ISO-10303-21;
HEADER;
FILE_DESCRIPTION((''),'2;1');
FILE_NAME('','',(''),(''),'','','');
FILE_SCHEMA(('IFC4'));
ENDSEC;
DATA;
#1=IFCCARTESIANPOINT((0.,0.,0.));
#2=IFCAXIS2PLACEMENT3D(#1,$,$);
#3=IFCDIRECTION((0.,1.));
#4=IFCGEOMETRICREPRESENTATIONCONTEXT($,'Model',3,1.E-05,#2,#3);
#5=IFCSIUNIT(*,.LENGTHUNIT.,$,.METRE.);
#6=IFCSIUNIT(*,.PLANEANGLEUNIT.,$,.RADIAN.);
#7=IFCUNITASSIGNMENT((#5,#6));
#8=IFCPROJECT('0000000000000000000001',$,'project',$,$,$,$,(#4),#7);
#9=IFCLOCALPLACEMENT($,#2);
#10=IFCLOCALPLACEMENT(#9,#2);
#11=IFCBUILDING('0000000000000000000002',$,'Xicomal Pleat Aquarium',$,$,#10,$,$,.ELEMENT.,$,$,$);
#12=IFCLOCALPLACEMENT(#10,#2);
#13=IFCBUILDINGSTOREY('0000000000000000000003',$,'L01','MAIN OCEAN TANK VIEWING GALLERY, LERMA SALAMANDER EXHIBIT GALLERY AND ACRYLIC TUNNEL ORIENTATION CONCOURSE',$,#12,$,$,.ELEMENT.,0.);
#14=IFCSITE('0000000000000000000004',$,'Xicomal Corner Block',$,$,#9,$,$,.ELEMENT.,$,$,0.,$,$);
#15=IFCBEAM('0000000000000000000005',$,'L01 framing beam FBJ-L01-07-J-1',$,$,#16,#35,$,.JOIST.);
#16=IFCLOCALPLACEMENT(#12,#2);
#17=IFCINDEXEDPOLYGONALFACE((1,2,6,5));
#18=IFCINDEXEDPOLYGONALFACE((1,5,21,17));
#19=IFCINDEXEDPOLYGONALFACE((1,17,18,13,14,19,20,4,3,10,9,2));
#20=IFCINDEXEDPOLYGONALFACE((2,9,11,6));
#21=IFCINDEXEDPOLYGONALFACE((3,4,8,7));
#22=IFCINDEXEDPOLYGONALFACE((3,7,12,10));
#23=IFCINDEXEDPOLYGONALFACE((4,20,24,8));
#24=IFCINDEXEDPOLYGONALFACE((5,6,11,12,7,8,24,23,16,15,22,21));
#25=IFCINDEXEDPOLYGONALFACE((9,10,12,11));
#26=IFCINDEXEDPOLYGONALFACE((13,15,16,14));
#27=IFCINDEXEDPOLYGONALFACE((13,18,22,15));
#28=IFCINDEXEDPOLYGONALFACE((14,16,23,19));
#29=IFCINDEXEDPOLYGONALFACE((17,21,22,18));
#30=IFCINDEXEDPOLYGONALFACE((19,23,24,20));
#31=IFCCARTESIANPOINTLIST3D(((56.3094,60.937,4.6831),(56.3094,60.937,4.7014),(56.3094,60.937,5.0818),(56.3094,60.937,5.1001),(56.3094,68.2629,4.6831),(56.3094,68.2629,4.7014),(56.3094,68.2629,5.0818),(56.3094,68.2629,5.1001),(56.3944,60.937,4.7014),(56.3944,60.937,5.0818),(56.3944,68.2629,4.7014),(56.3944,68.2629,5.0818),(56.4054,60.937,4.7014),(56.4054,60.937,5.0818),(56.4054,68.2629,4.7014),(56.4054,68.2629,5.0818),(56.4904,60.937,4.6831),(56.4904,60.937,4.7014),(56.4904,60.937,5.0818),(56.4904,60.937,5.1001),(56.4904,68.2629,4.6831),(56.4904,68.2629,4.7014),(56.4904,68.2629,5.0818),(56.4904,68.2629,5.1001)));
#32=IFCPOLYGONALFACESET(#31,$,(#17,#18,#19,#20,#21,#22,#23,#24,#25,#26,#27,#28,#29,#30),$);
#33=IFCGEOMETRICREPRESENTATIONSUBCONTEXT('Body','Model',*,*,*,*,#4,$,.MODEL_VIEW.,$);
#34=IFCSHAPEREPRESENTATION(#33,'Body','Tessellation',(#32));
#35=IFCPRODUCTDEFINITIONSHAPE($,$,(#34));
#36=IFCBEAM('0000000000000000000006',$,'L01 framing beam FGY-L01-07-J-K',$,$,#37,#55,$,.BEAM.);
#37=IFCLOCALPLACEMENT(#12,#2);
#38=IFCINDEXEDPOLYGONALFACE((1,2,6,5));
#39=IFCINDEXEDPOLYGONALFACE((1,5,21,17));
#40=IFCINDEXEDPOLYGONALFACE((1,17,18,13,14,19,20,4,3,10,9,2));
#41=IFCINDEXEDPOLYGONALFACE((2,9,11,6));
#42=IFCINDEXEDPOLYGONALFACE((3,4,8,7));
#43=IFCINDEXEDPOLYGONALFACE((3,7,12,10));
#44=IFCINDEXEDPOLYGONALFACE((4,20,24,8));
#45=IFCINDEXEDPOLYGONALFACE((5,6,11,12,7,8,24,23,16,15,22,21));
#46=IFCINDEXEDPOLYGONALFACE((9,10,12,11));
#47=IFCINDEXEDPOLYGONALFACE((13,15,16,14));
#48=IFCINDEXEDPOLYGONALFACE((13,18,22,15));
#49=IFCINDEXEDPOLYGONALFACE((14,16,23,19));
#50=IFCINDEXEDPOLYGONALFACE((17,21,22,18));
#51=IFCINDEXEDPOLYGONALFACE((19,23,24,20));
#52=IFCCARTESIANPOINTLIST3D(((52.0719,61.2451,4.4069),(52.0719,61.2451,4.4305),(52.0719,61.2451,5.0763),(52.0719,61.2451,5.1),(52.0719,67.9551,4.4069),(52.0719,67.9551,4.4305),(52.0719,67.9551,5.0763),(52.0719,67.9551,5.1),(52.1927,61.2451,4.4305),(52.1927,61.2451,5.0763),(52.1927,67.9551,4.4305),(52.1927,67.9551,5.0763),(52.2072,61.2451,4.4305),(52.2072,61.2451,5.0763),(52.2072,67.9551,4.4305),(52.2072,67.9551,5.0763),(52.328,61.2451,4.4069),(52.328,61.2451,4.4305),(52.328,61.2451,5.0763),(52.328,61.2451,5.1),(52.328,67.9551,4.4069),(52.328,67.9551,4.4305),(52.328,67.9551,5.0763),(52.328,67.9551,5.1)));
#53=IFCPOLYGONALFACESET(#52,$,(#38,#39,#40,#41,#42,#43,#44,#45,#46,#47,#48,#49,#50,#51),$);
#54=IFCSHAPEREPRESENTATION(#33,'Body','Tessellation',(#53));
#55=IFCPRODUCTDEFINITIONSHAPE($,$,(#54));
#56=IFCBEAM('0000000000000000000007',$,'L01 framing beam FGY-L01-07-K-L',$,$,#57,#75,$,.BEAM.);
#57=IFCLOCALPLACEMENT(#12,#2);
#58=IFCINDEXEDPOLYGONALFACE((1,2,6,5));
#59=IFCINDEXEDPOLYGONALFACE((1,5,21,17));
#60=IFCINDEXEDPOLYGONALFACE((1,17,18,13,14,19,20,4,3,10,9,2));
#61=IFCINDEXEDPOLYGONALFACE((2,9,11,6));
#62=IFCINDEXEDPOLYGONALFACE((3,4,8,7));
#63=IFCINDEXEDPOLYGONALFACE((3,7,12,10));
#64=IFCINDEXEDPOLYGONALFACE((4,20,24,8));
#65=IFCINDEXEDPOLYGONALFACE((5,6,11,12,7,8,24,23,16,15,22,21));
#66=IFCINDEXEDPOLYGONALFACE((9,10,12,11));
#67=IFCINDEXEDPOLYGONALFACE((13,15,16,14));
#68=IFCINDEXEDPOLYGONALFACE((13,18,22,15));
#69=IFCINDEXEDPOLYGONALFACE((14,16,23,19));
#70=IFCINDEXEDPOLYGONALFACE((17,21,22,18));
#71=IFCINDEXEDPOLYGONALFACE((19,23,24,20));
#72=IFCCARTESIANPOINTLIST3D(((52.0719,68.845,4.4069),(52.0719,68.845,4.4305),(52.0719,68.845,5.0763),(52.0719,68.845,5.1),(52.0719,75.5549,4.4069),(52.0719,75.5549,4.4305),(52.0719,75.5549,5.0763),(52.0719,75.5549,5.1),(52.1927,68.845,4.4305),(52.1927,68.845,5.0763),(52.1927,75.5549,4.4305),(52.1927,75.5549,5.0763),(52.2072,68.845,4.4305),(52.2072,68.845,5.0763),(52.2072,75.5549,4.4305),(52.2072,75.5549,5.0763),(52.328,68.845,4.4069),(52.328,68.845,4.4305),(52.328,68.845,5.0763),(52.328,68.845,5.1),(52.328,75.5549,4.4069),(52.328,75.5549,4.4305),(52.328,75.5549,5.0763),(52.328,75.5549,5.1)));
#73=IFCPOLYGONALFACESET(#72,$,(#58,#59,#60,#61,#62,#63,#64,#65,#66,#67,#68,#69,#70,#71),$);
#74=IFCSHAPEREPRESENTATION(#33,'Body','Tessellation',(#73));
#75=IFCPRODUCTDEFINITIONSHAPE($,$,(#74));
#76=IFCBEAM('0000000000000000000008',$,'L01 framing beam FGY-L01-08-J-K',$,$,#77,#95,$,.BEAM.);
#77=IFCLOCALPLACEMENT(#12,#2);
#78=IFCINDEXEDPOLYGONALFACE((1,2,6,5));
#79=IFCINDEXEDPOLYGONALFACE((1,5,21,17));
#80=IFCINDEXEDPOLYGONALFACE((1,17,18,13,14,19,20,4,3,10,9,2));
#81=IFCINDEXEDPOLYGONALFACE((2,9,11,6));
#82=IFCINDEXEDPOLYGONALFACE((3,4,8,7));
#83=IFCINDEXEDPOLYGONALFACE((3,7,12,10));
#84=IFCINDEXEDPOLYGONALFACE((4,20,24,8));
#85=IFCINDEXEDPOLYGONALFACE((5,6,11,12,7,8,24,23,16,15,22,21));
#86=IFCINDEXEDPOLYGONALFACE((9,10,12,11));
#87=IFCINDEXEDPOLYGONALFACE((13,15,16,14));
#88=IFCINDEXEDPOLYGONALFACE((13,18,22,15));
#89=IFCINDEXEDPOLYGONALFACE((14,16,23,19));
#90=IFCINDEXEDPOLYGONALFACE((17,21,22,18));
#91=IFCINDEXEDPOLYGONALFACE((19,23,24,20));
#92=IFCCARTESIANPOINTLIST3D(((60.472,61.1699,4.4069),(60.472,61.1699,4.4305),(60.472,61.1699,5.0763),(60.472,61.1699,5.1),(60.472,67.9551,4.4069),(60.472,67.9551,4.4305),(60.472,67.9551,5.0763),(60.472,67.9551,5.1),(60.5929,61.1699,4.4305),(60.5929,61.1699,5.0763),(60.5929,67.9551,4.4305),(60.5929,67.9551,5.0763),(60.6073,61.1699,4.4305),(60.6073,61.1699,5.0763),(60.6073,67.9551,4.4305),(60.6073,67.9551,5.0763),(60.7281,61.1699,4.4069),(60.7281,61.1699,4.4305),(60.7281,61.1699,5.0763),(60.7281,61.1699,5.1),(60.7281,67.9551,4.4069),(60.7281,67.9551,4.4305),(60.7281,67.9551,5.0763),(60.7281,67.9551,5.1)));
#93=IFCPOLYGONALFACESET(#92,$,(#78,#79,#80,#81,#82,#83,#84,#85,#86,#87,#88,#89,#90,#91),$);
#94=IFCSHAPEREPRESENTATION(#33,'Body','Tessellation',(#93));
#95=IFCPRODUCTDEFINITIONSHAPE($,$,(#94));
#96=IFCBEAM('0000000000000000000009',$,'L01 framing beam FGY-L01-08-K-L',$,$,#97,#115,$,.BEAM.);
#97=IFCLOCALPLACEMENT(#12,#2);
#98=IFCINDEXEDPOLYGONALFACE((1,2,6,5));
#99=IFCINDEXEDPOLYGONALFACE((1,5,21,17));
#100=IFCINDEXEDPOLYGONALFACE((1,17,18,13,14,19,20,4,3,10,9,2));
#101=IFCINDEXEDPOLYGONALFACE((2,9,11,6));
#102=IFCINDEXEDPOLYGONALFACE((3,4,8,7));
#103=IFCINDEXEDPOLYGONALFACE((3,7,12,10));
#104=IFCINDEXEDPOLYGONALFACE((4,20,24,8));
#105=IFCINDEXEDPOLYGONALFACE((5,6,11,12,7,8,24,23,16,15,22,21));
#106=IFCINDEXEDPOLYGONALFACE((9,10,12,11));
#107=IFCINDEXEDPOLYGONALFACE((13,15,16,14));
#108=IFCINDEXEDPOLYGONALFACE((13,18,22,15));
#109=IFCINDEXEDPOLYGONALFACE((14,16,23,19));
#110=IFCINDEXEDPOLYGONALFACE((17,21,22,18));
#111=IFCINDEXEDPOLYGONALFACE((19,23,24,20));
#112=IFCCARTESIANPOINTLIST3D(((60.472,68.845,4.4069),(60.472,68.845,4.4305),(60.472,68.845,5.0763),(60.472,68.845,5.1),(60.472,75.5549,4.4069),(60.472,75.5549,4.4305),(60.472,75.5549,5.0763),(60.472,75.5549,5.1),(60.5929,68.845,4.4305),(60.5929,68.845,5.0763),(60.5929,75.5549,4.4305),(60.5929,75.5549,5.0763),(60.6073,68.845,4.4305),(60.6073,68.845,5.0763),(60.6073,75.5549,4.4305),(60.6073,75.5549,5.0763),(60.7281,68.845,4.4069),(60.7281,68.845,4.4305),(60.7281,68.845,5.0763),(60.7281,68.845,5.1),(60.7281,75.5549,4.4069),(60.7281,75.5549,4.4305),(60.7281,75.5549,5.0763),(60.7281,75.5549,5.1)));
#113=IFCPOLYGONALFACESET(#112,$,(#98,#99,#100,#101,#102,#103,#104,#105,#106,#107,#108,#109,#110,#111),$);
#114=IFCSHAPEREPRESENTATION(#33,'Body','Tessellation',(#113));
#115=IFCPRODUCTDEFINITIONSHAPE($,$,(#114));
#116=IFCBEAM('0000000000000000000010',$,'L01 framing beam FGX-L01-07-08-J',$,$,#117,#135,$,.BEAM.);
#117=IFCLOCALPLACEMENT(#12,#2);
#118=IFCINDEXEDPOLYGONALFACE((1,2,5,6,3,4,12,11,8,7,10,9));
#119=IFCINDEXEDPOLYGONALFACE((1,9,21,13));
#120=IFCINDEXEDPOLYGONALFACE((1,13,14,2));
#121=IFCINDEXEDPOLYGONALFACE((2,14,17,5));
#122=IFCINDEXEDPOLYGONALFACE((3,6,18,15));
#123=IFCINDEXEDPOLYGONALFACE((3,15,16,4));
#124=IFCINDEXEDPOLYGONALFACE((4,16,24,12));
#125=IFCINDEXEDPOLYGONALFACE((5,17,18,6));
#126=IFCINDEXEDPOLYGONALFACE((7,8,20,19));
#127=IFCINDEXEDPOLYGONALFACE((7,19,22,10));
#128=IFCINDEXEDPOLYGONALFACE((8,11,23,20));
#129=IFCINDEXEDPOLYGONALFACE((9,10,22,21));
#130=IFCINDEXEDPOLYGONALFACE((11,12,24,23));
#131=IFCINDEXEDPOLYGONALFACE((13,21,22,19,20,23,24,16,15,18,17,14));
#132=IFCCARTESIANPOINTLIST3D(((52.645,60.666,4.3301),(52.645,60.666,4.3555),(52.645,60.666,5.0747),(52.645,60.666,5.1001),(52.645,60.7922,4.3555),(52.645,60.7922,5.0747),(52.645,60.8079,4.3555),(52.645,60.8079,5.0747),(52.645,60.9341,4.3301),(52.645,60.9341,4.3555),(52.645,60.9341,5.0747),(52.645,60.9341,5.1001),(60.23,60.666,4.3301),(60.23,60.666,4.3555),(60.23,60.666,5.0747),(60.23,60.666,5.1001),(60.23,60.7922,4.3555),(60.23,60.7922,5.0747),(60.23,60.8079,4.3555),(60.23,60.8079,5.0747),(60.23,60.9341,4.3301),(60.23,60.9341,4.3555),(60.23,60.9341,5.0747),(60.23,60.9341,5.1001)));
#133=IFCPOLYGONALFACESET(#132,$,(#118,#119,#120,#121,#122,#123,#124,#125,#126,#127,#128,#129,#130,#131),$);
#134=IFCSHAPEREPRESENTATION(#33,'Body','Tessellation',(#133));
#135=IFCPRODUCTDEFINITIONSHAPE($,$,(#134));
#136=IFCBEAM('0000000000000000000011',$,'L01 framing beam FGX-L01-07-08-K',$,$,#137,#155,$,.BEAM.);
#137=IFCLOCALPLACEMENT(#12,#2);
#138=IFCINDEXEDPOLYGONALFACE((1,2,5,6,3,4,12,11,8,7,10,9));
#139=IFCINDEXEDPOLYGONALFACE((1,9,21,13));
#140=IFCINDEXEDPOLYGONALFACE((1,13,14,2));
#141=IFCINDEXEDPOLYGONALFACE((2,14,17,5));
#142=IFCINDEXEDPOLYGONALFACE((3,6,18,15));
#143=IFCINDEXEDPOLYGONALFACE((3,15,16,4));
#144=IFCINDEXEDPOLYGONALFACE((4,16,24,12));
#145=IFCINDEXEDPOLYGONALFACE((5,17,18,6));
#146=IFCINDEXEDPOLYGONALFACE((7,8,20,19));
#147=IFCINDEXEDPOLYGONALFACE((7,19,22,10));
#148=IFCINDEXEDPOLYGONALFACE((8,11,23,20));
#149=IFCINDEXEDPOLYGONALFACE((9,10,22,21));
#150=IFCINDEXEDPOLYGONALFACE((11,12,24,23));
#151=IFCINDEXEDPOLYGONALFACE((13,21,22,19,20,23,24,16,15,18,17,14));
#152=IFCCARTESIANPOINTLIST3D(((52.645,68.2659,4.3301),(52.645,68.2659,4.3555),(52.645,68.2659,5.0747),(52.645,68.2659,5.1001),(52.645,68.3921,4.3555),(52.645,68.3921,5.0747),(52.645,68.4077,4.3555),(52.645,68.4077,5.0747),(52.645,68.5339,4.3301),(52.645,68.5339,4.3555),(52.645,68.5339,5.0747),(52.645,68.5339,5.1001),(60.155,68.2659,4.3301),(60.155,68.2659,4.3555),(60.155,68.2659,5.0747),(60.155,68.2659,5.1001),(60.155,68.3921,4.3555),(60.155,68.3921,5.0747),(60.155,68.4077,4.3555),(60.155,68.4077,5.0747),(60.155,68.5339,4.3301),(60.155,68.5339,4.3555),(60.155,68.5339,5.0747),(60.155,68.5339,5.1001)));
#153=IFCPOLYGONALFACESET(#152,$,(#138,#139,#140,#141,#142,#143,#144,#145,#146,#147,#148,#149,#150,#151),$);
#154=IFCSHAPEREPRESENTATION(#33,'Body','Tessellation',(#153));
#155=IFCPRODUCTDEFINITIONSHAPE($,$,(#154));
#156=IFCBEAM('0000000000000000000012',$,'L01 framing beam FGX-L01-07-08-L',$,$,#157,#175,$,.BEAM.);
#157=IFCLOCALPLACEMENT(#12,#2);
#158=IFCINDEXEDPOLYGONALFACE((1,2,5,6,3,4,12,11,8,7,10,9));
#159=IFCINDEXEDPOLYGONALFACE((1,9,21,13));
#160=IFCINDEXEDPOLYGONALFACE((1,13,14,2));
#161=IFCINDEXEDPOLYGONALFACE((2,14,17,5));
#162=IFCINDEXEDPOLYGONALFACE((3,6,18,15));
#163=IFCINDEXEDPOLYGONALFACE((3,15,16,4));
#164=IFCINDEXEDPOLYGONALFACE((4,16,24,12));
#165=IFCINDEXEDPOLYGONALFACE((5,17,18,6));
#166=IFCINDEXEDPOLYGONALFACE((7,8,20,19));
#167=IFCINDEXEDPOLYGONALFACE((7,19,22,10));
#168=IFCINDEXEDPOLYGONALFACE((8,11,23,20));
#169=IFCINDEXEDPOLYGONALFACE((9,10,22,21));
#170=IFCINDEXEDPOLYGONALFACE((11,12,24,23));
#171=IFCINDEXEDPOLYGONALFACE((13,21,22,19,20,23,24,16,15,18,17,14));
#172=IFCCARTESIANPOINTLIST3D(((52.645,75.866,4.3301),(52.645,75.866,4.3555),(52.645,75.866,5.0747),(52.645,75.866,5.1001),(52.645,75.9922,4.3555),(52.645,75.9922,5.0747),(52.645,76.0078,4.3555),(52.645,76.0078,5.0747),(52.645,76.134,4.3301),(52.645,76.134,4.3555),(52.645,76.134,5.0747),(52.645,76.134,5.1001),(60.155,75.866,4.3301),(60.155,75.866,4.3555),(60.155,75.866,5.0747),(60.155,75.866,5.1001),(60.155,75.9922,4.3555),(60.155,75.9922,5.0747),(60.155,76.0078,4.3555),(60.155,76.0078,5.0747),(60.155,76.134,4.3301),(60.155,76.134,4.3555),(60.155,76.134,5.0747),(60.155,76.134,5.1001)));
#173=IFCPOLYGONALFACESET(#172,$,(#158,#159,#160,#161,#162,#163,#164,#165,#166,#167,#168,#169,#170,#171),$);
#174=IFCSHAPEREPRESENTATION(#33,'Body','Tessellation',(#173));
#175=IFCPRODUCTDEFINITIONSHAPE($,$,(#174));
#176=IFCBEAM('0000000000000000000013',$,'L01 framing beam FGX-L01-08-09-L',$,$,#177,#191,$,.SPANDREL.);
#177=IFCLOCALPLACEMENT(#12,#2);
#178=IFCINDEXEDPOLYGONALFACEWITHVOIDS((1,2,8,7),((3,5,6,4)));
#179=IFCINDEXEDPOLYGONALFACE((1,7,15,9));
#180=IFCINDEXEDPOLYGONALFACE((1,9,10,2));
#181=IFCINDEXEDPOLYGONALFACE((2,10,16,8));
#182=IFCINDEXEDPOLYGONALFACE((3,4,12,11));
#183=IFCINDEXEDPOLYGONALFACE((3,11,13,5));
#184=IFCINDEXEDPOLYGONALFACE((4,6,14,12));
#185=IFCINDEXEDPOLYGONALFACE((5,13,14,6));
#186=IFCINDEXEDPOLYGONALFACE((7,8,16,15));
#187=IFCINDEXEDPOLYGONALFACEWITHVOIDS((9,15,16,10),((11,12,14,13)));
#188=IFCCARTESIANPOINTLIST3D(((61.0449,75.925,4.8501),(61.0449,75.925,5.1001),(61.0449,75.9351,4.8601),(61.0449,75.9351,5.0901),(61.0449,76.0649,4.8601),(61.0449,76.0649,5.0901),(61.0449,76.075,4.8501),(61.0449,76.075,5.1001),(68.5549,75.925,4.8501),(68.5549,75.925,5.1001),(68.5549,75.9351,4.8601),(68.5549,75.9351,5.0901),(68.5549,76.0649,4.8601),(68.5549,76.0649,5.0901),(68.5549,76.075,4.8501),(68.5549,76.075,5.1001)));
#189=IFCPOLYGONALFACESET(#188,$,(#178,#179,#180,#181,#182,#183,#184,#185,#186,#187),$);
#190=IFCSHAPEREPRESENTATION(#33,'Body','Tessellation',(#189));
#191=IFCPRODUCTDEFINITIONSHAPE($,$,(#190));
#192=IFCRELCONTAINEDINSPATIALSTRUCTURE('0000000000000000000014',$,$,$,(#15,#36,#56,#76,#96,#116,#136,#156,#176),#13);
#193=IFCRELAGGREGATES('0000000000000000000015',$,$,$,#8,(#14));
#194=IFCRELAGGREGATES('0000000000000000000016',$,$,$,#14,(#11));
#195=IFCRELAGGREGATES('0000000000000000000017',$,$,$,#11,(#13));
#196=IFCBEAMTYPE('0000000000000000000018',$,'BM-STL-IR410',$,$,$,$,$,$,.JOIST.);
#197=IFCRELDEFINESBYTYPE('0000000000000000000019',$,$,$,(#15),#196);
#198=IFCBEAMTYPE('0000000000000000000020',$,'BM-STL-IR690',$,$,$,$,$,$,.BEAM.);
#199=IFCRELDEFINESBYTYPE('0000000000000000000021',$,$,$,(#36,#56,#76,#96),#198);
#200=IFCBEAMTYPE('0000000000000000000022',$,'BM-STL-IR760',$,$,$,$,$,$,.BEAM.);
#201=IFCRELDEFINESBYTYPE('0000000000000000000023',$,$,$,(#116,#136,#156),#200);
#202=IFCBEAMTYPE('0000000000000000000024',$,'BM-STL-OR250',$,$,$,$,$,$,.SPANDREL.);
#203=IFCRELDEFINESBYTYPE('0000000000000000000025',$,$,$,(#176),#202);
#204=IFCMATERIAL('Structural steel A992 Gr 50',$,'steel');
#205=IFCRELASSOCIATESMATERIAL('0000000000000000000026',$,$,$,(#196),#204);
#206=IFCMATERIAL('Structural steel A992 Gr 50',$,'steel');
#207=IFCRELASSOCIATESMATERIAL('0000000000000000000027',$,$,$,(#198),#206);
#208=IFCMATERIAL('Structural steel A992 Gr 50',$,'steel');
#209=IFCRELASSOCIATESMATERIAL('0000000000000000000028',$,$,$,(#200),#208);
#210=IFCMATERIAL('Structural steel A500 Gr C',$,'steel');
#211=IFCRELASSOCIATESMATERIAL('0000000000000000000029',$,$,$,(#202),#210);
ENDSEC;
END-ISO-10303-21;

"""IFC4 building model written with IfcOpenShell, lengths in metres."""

from ifc_helpers import new_model, si_unit, direction, frame, origin, origin_2d, place, context, subcontext, project, spatial, hollow_rectangle, i_section, extrude, material, material_profile, profile_set, type_object, element, save


model = new_model("IFC4")

# Units and contexts
model_context = context("Model", 3, precision=1e-05, world=origin(), true_north=direction((0.0, 1.0)))
body_context = subcontext(model_context, "Body", "Model", "MODEL_VIEW")
ifc_project = project(units=[si_unit("LENGTHUNIT", "METRE"), si_unit("PLANEANGLEUNIT", "RADIAN")], contexts=[model_context])

# Site, building, storey
site_placement = place(None, origin())
site = spatial("IfcSite", under=ifc_project, at=site_placement, Name="Xicomal Corner Block", CompositionType="ELEMENT", RefElevation=0.0)
building_placement = place(site_placement, origin())
building = spatial("IfcBuilding", under=site, at=building_placement, Name="Xicomal Pleat Aquarium", CompositionType="ELEMENT")
storey_placement = place(building_placement, origin())
storey = spatial("IfcBuildingStorey", under=building, at=storey_placement, Name="L01", Description="MAIN OCEAN TANK VIEWING GALLERY, LERMA SALAMANDER EXHIBIT GALLERY AND ACRYLIC TUNNEL ORIENTATION CONCOURSE", CompositionType="ELEMENT", Elevation=0.0)

# Beams
ifc_material_1 = material(Name="Structural steel A992 Gr 50", Category="steel")
ifc_material_profile_1 = material_profile(ifc_material_1, i_section(OverallWidth=0.1809, OverallDepth=0.417, WebThickness=0.011, FlangeThickness=0.0183, at=origin_2d()), Name="IR 410x85")
ifc_profile_set_1 = profile_set([ifc_material_profile_1], Name="Structural steel A992 Gr 50")
beam_type_1 = type_object("IfcBeamType", Name="BM-STL-IR410", PredefinedType="JOIST", material=ifc_profile_set_1)
beam_1_placement = place(storey_placement, frame((56.3999, 60.937, 4.8916), z_axis=(0.0, 1.0, 0.0), x_axis=(-1.0, 0.0, 0.0)))
element("IfcBeam", 1, at=beam_1_placement, inside=storey, type_object=beam_type_1, Name="L01 framing beam FBJ-L01-07-J-1", PredefinedType="JOIST", context=body_context, shape_type="SweptSolid", body=[
    extrude(i_section(OverallWidth=0.1809, OverallDepth=0.417, WebThickness=0.011, FlangeThickness=0.0183, at=origin_2d()), origin(), (0.0, 0.0, 1.0), 7.3259),
])
ifc_material_2 = material(Name="Structural steel A992 Gr 50", Category="steel")
ifc_material_profile_2 = material_profile(ifc_material_2, i_section(OverallWidth=0.2561, OverallDepth=0.6931, WebThickness=0.0144, FlangeThickness=0.0237, at=origin_2d()), Name="IR 690x170")
ifc_profile_set_2 = profile_set([ifc_material_profile_2], Name="Structural steel A992 Gr 50")
beam_type_2 = type_object("IfcBeamType", Name="BM-STL-IR690", PredefinedType="BEAM", material=ifc_profile_set_2)
for number, where, z_axis, x_axis, name in (
    (2, (52.2, 61.2451, 4.7534), (0.0, 1.0, 0.0), (-1.0, 0.0, 0.0), "L01 framing beam FGY-L01-07-J-K"),
    (3, (52.2, 68.845, 4.7534), (0.0, 1.0, 0.0), (-1.0, 0.0, 0.0), "L01 framing beam FGY-L01-07-K-L"),
):
    element("IfcBeam", number, at=place(storey_placement, frame(where, z_axis=z_axis, x_axis=x_axis)), inside=storey, type_object=beam_type_2, Name=name, PredefinedType="BEAM", context=body_context, shape_type="SweptSolid", body=[
        extrude(i_section(OverallWidth=0.2561, OverallDepth=0.6931, WebThickness=0.0144, FlangeThickness=0.0237, at=origin_2d()), origin(), (0.0, 0.0, 1.0), 6.71),
    ])
beam_2_placement = place(storey_placement, frame((60.6001, 61.1699, 4.7534), z_axis=(0.0, 1.0, 0.0), x_axis=(-1.0, 0.0, 0.0)))
element("IfcBeam", 4, at=beam_2_placement, inside=storey, type_object=beam_type_2, Name="L01 framing beam FGY-L01-08-J-K", PredefinedType="BEAM", context=body_context, shape_type="SweptSolid", body=[
    extrude(i_section(OverallWidth=0.2561, OverallDepth=0.6931, WebThickness=0.0144, FlangeThickness=0.0237, at=origin_2d()), origin(), (0.0, 0.0, 1.0), 6.7852),
])
beam_3_placement = place(storey_placement, frame((60.6001, 68.845, 4.7534), z_axis=(0.0, 1.0, 0.0), x_axis=(-1.0, 0.0, 0.0)))
element("IfcBeam", 5, at=beam_3_placement, inside=storey, type_object=beam_type_2, Name="L01 framing beam FGY-L01-08-K-L", PredefinedType="BEAM", context=body_context, shape_type="SweptSolid", body=[
    extrude(i_section(OverallWidth=0.2561, OverallDepth=0.6931, WebThickness=0.0144, FlangeThickness=0.0237, at=origin_2d()), origin(), (0.0, 0.0, 1.0), 6.71),
])
ifc_material_3 = material(Name="Structural steel A992 Gr 50", Category="steel")
ifc_material_profile_3 = material_profile(ifc_material_3, i_section(OverallWidth=0.2681, OverallDepth=0.77, WebThickness=0.0156, FlangeThickness=0.0254, at=origin_2d()), Name="IR 760x196")
ifc_profile_set_3 = profile_set([ifc_material_profile_3], Name="Structural steel A992 Gr 50")
beam_type_3 = type_object("IfcBeamType", Name="BM-STL-IR760", PredefinedType="BEAM", material=ifc_profile_set_3)
beam_4_placement = place(storey_placement, frame((52.645, 60.8, 4.7151), z_axis=(1.0, 0.0, 0.0), x_axis=(0.0, 1.0, 0.0)))
element("IfcBeam", 6, at=beam_4_placement, inside=storey, type_object=beam_type_3, Name="L01 framing beam FGX-L01-07-08-J", PredefinedType="BEAM", context=body_context, shape_type="SweptSolid", body=[
    extrude(i_section(OverallWidth=0.2681, OverallDepth=0.77, WebThickness=0.0156, FlangeThickness=0.0254, at=origin_2d()), origin(), (0.0, 0.0, 1.0), 7.585),
])
for number, where, z_axis, x_axis, name in (
    (7, (52.645, 68.3999, 4.7151), (1.0, 0.0, 0.0), (0.0, 1.0, 0.0), "L01 framing beam FGX-L01-07-08-K"),
    (8, (52.645, 76.0, 4.7151), (1.0, 0.0, 0.0), (0.0, 1.0, 0.0), "L01 framing beam FGX-L01-07-08-L"),
):
    element("IfcBeam", number, at=place(storey_placement, frame(where, z_axis=z_axis, x_axis=x_axis)), inside=storey, type_object=beam_type_3, Name=name, PredefinedType="BEAM", context=body_context, shape_type="SweptSolid", body=[
        extrude(i_section(OverallWidth=0.2681, OverallDepth=0.77, WebThickness=0.0156, FlangeThickness=0.0254, at=origin_2d()), origin(), (0.0, 0.0, 1.0), 7.51),
    ])
ifc_material_4 = material(Name="Structural steel A500 Gr C", Category="steel")
ifc_material_profile_4 = material_profile(ifc_material_4, hollow_rectangle(XDim=0.1499, YDim=0.25, WallThickness=0.01, at=origin_2d()), Name="OR 250x150x10")
ifc_profile_set_4 = profile_set([ifc_material_profile_4], Name="Structural steel A500 Gr C")
beam_type_4 = type_object("IfcBeamType", Name="BM-STL-OR250", PredefinedType="SPANDREL", material=ifc_profile_set_4)
beam_5_placement = place(storey_placement, frame((61.0449, 76.0, 4.9751), z_axis=(1.0, 0.0, 0.0), x_axis=(0.0, 1.0, 0.0)))
element("IfcBeam", 9, at=beam_5_placement, inside=storey, type_object=beam_type_4, Name="L01 framing beam FGX-L01-08-09-L", PredefinedType="SPANDREL", context=body_context, shape_type="SweptSolid", body=[
    extrude(hollow_rectangle(XDim=0.1499, YDim=0.25, WallThickness=0.01, at=origin_2d()), origin(), (0.0, 0.0, 1.0), 7.51),
])

save(model, "model.ifc")
